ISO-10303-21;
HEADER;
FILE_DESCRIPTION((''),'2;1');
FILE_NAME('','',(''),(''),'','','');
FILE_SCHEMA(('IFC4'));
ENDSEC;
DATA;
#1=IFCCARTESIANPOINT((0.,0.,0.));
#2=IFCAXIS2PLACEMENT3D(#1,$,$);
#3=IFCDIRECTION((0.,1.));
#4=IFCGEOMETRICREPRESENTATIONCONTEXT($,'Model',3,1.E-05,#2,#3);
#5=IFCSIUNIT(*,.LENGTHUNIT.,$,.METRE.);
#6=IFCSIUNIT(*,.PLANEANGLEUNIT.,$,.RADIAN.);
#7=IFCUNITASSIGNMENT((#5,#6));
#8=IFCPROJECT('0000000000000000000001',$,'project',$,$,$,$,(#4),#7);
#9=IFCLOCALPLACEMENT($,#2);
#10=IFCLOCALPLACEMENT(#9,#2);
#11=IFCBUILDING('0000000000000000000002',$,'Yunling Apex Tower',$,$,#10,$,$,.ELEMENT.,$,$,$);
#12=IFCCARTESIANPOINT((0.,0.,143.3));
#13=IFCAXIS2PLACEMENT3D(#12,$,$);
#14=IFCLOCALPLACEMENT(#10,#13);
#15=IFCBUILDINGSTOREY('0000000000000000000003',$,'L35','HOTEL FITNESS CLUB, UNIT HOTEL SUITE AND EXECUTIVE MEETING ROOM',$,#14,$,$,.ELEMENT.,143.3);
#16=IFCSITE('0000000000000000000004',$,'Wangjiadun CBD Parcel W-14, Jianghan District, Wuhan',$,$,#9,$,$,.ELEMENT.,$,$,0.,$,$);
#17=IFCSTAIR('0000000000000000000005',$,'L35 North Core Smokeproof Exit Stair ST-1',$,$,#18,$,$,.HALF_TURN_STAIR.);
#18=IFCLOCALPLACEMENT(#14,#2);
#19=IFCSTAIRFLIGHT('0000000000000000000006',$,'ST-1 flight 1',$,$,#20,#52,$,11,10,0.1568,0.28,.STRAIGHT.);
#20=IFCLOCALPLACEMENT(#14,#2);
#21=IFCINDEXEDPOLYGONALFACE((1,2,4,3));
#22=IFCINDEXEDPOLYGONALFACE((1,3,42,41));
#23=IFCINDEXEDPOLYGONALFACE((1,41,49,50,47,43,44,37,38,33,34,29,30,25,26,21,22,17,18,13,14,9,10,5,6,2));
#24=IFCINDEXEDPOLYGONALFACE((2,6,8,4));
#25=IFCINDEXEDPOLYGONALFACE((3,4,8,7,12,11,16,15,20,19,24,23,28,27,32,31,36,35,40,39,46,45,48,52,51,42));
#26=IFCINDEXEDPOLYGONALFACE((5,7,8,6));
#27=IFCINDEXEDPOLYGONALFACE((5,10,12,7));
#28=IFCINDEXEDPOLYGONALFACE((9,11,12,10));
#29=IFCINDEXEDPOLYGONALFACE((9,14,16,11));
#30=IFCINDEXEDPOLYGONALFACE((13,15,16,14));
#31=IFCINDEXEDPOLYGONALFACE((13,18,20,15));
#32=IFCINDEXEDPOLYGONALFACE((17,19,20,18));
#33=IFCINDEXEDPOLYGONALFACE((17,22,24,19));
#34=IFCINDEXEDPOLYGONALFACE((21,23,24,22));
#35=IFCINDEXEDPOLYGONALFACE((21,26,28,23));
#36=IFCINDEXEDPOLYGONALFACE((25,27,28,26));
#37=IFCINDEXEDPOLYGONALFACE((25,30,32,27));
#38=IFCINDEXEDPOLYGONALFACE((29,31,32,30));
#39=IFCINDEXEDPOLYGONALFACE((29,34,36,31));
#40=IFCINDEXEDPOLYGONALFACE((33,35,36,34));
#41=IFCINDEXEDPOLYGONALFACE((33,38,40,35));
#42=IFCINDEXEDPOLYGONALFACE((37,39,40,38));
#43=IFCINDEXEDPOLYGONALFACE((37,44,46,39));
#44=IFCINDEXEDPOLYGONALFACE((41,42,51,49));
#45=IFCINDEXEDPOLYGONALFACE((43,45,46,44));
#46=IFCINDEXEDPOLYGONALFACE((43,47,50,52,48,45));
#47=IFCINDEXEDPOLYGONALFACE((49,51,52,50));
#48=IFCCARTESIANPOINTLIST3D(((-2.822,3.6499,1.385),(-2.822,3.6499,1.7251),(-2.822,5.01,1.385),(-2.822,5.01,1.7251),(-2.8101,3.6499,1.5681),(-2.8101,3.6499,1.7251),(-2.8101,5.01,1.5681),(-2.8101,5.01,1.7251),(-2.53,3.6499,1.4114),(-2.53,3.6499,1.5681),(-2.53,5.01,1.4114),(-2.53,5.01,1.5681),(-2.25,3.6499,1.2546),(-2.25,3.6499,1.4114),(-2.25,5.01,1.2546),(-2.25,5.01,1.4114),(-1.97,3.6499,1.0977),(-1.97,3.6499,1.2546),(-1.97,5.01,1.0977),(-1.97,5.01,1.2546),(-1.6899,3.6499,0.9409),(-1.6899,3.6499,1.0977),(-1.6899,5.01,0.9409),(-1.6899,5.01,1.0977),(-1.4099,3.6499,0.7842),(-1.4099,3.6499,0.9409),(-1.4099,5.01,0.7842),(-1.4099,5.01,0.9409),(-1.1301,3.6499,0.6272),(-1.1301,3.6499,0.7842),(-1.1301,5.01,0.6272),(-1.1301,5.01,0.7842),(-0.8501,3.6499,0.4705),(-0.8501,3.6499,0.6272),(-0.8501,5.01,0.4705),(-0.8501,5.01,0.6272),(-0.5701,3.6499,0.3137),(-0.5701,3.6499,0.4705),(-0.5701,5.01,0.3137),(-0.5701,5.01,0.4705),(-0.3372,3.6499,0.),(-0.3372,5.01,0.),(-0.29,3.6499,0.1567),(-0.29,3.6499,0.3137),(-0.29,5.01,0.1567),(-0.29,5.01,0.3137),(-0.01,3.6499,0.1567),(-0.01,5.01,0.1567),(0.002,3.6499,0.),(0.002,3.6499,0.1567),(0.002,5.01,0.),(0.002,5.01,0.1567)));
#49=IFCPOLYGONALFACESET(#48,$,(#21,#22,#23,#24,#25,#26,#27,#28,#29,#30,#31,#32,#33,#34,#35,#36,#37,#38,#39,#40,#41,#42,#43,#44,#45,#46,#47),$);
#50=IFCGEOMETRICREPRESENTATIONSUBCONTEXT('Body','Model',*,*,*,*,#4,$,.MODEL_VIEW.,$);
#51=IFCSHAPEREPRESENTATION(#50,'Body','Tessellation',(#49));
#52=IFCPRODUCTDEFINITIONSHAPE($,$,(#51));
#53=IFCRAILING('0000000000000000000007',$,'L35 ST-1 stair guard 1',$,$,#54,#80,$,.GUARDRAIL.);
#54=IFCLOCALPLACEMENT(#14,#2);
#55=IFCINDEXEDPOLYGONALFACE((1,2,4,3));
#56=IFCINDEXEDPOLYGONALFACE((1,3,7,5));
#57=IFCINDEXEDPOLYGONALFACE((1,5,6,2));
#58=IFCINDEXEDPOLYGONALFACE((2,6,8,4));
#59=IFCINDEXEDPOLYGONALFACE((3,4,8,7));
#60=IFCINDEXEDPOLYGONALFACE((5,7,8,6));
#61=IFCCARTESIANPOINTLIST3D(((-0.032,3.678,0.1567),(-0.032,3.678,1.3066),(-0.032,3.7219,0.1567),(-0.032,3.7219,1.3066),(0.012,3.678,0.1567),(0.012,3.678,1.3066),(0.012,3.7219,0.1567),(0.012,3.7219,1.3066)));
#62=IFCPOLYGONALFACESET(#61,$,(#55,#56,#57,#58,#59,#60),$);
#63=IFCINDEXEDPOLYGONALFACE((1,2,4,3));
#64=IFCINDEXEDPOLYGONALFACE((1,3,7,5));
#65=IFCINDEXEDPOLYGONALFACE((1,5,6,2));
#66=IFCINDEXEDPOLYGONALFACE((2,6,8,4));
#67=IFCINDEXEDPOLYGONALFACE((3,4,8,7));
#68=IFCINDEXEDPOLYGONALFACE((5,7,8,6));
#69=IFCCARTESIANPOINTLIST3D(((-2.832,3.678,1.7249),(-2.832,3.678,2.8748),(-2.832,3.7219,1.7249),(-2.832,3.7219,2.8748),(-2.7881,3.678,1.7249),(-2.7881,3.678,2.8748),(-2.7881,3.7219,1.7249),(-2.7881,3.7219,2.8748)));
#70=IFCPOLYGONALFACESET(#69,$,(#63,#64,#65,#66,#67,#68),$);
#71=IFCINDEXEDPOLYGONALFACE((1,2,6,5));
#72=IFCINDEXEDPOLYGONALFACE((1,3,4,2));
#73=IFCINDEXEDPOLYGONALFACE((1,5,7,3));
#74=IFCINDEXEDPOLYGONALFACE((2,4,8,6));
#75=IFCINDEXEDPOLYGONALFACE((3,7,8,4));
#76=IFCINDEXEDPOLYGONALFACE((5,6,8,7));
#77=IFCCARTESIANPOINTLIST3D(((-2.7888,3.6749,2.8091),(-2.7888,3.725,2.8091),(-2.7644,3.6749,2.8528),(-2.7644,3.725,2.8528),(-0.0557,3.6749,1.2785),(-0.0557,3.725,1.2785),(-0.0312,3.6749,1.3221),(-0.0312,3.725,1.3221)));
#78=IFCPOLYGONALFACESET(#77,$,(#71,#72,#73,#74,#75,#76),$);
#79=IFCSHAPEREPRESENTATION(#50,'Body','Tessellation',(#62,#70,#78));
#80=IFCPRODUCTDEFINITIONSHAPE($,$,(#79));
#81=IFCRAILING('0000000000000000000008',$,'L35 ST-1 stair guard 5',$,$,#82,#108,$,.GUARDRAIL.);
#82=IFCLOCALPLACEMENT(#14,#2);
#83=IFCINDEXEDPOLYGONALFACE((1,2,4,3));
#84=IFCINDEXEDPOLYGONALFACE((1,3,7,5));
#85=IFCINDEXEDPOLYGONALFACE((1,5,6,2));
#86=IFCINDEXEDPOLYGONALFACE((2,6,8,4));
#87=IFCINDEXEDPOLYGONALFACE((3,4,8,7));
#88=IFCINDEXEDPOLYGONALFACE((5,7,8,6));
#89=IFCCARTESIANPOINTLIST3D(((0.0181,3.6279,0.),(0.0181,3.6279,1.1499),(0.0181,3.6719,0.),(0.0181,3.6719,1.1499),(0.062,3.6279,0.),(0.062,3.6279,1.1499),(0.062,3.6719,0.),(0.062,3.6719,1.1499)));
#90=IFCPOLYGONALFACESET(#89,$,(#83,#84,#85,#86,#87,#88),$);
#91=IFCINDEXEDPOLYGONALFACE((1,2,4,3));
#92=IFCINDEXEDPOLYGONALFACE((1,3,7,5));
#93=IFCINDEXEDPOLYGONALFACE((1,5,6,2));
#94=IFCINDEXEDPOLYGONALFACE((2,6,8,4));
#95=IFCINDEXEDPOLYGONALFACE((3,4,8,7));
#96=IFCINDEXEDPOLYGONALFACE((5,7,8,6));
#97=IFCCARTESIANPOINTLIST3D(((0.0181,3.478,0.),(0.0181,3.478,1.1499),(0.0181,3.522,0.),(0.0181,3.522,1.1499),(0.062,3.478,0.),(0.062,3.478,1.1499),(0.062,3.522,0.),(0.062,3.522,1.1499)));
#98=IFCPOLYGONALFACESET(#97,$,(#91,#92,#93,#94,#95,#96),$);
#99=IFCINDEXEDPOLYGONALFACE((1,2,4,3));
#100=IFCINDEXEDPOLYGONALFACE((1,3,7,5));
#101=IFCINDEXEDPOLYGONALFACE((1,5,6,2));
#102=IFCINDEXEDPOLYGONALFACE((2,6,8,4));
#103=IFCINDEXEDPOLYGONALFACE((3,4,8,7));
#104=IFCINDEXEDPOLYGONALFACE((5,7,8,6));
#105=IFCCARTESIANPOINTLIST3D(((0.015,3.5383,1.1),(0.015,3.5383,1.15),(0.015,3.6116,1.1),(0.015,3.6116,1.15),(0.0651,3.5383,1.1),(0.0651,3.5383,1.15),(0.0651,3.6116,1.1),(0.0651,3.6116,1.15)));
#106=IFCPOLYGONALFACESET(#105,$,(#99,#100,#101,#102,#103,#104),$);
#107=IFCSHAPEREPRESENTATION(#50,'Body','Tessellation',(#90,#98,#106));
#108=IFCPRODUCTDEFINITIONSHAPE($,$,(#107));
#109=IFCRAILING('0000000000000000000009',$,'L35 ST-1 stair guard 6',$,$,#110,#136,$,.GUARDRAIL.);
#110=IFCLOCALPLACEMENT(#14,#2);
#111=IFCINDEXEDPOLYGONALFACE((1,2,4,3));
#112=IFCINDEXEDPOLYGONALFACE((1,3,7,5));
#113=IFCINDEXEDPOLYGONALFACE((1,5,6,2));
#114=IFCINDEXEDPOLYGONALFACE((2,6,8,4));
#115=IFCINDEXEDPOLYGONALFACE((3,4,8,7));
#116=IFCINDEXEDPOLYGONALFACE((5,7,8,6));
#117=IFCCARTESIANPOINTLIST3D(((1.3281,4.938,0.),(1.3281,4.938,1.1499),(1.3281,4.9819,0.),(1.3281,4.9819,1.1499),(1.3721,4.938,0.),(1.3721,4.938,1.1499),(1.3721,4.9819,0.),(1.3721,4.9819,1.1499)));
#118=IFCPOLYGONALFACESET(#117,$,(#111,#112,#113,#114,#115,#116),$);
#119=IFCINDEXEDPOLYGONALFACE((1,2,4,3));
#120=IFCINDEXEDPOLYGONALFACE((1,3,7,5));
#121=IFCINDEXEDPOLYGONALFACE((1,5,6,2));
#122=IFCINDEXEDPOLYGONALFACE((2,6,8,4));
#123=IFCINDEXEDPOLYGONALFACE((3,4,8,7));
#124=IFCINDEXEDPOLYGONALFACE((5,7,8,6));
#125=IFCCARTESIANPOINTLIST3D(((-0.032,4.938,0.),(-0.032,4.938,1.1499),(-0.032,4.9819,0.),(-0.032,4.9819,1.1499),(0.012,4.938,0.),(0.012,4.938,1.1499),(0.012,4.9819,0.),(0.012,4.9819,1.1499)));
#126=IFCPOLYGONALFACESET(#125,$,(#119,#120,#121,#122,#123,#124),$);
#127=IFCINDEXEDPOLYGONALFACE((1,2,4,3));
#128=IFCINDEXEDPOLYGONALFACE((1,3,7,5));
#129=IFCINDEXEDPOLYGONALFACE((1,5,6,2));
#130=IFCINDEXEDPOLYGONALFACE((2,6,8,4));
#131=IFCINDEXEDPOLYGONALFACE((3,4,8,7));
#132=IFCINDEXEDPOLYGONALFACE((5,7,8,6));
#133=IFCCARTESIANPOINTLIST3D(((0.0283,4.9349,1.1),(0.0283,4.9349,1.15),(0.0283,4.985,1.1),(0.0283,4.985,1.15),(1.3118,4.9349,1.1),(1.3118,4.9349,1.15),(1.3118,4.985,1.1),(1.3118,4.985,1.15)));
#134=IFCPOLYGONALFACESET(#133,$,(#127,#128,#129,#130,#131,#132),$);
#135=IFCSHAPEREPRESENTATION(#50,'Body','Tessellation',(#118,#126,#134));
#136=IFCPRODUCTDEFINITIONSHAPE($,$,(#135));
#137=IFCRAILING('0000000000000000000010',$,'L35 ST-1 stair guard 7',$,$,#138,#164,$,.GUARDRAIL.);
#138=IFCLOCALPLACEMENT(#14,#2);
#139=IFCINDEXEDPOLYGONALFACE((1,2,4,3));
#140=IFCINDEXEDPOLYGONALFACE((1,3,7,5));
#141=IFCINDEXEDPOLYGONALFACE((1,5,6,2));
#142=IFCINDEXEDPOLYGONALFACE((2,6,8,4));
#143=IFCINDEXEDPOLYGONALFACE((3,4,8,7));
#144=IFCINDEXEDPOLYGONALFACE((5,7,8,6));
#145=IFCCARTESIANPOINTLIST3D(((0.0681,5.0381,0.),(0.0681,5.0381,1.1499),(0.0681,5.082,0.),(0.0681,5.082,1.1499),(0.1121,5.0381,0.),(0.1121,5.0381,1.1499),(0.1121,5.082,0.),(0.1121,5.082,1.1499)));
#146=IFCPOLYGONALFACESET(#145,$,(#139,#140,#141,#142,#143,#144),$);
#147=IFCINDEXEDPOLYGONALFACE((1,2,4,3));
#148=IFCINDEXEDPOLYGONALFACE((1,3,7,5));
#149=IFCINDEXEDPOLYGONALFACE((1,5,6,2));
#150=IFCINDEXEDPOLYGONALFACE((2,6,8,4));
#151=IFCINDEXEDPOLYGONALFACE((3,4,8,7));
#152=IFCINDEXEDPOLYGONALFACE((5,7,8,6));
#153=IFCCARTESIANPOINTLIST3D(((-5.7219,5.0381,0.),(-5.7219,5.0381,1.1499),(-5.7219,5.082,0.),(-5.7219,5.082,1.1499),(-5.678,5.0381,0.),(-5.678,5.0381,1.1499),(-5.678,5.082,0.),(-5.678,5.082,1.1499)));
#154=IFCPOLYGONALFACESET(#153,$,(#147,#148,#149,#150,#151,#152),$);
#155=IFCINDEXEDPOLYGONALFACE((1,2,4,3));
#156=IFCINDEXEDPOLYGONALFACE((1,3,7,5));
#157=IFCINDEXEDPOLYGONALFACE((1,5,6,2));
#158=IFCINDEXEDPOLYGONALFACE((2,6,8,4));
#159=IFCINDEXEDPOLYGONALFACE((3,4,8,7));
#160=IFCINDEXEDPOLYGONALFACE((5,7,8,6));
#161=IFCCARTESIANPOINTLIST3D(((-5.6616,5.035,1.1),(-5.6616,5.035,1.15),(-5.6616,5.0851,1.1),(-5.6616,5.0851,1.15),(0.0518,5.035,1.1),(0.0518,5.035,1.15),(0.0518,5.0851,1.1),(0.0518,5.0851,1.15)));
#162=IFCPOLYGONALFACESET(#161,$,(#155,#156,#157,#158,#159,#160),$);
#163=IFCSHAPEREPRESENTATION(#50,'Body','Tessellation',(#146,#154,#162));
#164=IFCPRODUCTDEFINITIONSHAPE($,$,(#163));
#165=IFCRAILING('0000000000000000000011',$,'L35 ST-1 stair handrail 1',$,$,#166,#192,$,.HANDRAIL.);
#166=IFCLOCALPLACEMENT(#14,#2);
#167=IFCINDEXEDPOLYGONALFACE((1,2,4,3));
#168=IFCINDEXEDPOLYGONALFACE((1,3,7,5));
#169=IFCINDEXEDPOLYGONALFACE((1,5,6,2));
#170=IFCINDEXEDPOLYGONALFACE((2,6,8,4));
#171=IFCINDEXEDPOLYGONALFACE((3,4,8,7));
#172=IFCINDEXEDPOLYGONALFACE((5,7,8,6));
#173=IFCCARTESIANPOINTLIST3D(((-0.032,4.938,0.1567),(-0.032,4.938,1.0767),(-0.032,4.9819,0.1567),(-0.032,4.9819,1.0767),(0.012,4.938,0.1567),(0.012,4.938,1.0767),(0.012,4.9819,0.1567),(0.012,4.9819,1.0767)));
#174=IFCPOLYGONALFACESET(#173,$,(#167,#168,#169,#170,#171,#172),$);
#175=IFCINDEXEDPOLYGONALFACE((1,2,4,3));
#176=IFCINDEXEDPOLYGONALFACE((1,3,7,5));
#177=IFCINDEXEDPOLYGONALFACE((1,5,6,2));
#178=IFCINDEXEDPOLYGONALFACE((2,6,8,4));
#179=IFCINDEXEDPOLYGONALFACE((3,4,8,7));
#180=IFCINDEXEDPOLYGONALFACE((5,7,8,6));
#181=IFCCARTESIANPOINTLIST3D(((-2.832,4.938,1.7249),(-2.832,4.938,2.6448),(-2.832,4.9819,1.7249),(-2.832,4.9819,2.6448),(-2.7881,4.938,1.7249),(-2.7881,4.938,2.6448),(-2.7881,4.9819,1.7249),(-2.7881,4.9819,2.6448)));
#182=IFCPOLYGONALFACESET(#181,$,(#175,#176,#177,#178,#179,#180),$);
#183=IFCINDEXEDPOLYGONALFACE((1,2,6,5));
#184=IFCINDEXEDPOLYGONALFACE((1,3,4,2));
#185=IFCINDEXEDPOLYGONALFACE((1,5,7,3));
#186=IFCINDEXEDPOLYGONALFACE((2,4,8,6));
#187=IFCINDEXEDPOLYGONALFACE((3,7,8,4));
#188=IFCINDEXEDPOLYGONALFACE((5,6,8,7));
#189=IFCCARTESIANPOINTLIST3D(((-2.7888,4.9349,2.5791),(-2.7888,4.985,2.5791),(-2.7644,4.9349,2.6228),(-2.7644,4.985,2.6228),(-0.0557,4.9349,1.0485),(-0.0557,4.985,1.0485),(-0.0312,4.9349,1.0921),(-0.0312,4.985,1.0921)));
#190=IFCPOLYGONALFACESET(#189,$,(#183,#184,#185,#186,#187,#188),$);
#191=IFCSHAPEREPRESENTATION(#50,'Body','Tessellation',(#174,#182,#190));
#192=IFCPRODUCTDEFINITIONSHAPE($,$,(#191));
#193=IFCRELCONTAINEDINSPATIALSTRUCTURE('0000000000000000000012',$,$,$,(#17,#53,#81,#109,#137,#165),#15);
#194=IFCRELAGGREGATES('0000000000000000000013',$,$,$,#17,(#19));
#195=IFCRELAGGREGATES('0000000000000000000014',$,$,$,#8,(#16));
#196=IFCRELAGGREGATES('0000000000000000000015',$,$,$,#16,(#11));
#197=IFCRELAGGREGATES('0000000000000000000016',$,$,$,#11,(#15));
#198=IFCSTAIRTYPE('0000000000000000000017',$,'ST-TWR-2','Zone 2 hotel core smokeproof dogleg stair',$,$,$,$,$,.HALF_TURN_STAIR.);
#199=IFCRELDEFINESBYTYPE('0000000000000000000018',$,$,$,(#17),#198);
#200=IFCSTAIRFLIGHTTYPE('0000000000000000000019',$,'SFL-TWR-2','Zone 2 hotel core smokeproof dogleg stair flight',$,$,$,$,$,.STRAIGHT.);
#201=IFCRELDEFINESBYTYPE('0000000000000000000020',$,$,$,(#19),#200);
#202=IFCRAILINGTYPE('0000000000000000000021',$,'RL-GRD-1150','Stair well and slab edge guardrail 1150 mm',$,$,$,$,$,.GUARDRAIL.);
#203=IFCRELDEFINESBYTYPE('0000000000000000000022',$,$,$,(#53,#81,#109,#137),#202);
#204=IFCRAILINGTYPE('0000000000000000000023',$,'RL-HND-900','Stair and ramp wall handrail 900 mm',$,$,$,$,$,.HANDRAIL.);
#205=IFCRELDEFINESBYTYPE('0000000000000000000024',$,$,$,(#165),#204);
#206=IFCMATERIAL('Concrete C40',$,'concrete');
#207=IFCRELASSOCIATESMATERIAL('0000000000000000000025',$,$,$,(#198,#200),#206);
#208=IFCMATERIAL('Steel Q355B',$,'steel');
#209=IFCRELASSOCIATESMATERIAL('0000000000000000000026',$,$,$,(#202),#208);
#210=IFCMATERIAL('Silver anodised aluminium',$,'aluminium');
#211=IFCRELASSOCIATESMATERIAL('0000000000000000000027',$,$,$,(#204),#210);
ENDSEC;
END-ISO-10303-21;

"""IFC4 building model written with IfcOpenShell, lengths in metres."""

from ifc_helpers import new_model, si_unit, direction, frame, origin, origin_2d, place, context, subcontext, project, spatial, polyline, rectangle, outline, extrude, material, type_object, element, aggregate, save


model = new_model("IFC4")

# Units and contexts
model_context = context("Model", 3, precision=1e-05, world=origin(), true_north=direction((0.0, 1.0)))
body_context = subcontext(model_context, "Body", "Model", "MODEL_VIEW")
ifc_project = project(units=[si_unit("LENGTHUNIT", "METRE"), si_unit("PLANEANGLEUNIT", "RADIAN")], contexts=[model_context])

# Site, building, storey
site_placement = place(None, origin())
site = spatial("IfcSite", under=ifc_project, at=site_placement, Name="Wangjiadun CBD Parcel W-14, Jianghan District, Wuhan", CompositionType="ELEMENT", RefElevation=0.0)
building_placement = place(site_placement, origin())
building = spatial("IfcBuilding", under=site, at=building_placement, Name="Yunling Apex Tower", CompositionType="ELEMENT")
storey_placement = place(building_placement, frame((0.0, 0.0, 143.3)))
storey = spatial("IfcBuildingStorey", under=building, at=storey_placement, Name="L35", Description="HOTEL FITNESS CLUB, UNIT HOTEL SUITE AND EXECUTIVE MEETING ROOM", CompositionType="ELEMENT", Elevation=143.3)

# Shared definitions
ifc_material_1 = material(Name="Steel Q355B", Category="steel")

# Shared definitions
ifc_material_2 = material(Name="Concrete C40", Category="concrete")

# Stair
stair_type = type_object("IfcStairType", Name="ST-TWR-2", Description="Zone 2 hotel core smokeproof dogleg stair", PredefinedType="HALF_TURN_STAIR", material=ifc_material_2)
stair_1_placement = place(storey_placement, origin())
stair_1 = element("IfcStair", 1, at=stair_1_placement, inside=storey, type_object=stair_type, Name="L35 North Core Smokeproof Exit Stair ST-1", PredefinedType="HALF_TURN_STAIR")

# Stair flight
stair_flight_type = type_object("IfcStairFlightType", Name="SFL-TWR-2", Description="Zone 2 hotel core smokeproof dogleg stair flight", PredefinedType="STRAIGHT", material=ifc_material_2)
stair_flight_placement = place(storey_placement, frame((-0.01, 4.3301, 0.0), z_axis=(0.0, 0.0, 1.0), x_axis=(-1.0, 0.0, 0.0)))
stair_flight = element("IfcStairFlight", 2, at=stair_flight_placement, type_object=stair_flight_type, Name="ST-1 flight 1", NumberOfRisers=11, NumberOfTreads=10, PredefinedType="STRAIGHT", RiserHeight=0.1568, TreadLength=0.28, context=body_context, shape_type="SweptSolid", body=[
    extrude(outline(polyline([(-0.012, 0.0), (-0.012, 0.1567), (0.0, 0.1567), (0.28, 0.1567), (0.28, 0.3137), (0.5601, 0.3137), (0.5601, 0.4705), (0.8401, 0.4705), (0.8401, 0.6272), (1.1201, 0.6272), (1.1201, 0.7842), (1.3999, 0.7842), (1.3999, 0.9409), (1.6799, 0.9409), (1.6799, 1.0977), (1.96, 1.0977), (1.96, 1.2546), (2.24, 1.2546), (2.24, 1.4114), (2.52, 1.4114), (2.52, 1.5681), (2.8, 1.5681), (2.8, 1.7251), (2.812, 1.7251), (2.812, 1.385), (0.3271, 0.0), (-0.012, 0.0)])), frame((0.0, 0.6802, 0.0), z_axis=(0.0, -1.0, 0.0), x_axis=(1.0, 0.0, 0.0)), (0.0, 0.0, 1.0), 1.3601),
])
aggregate(stair_1, [stair_flight])

# Railings
railing_type_1 = type_object("IfcRailingType", Name="RL-GRD-1150", Description="Stair well and slab edge guardrail 1150 mm", PredefinedType="GUARDRAIL", material=ifc_material_1)
railing_1_placement = place(storey_placement, frame((-0.01, 3.7, 0.1567)))
element("IfcRailing", 3, at=railing_1_placement, inside=storey, type_object=railing_type_1, Name="L35 ST-1 stair guard 1", PredefinedType="GUARDRAIL", context=body_context, shape_type="SweptSolid", body=[
    extrude(rectangle(XDim=0.0439, YDim=0.0439, at=origin_2d()), origin(), (0.0, 0.0, 1.0), 1.1499),
    extrude(rectangle(XDim=0.0439, YDim=0.0439, at=origin_2d()), frame((-2.8, 0.0, 1.5681)), (0.0, 0.0, 1.0), 1.1499),
    extrude(rectangle(XDim=0.05, YDim=0.05, at=origin_2d()), frame((-0.0334, 0.0, 1.1436), z_axis=(-0.872494, 0.0, 0.488624), x_axis=(0.0, -1.0, 0.0)), (0.0, 0.0, 1.0), 3.1326),
])
railing_2_placement = place(storey_placement, frame((0.04, 3.6499, 0.0)))
element("IfcRailing", 4, at=railing_2_placement, inside=storey, type_object=railing_type_1, Name="L35 ST-1 stair guard 5", PredefinedType="GUARDRAIL", context=body_context, shape_type="SweptSolid", body=[
    extrude(rectangle(XDim=0.0439, YDim=0.0439, at=origin_2d()), origin(), (0.0, 0.0, 1.0), 1.1499),
    extrude(rectangle(XDim=0.0439, YDim=0.0439, at=origin_2d()), frame((0.0, -0.1499, 0.0)), (0.0, 0.0, 1.0), 1.1499),
    extrude(rectangle(XDim=0.05, YDim=0.05, at=origin_2d()), frame((0.0, -0.0383, 1.125), z_axis=(0.0, -1.0, 0.0), x_axis=(1.0, 0.0, 0.0)), (0.0, 0.0, 1.0), 0.0732),
])
railing_3_placement = place(storey_placement, frame((1.3501, 4.96, 0.0)))
element("IfcRailing", 5, at=railing_3_placement, inside=storey, type_object=railing_type_1, Name="L35 ST-1 stair guard 6", PredefinedType="GUARDRAIL", context=body_context, shape_type="SweptSolid", body=[
    extrude(rectangle(XDim=0.0439, YDim=0.0439, at=origin_2d()), origin(), (0.0, 0.0, 1.0), 1.1499),
    extrude(rectangle(XDim=0.0439, YDim=0.0439, at=origin_2d()), frame((-1.3601, 0.0, 0.0)), (0.0, 0.0, 1.0), 1.1499),
    extrude(rectangle(XDim=0.05, YDim=0.05, at=origin_2d()), frame((-0.0383, 0.0, 1.125), z_axis=(-1.0, 0.0, 0.0), x_axis=(0.0, -1.0, 0.0)), (0.0, 0.0, 1.0), 1.2834),
])
railing_4_placement = place(storey_placement, frame((0.0901, 5.0601, 0.0)))
element("IfcRailing", 6, at=railing_4_placement, inside=storey, type_object=railing_type_1, Name="L35 ST-1 stair guard 7", PredefinedType="GUARDRAIL", context=body_context, shape_type="SweptSolid", body=[
    extrude(rectangle(XDim=0.0439, YDim=0.0439, at=origin_2d()), origin(), (0.0, 0.0, 1.0), 1.1499),
    extrude(rectangle(XDim=0.0439, YDim=0.0439, at=origin_2d()), frame((-5.79, 0.0, 0.0)), (0.0, 0.0, 1.0), 1.1499),
    extrude(rectangle(XDim=0.05, YDim=0.05, at=origin_2d()), frame((-0.0383, 0.0, 1.125), z_axis=(-1.0, 0.0, 0.0), x_axis=(0.0, -1.0, 0.0)), (0.0, 0.0, 1.0), 5.7134),
])
ifc_material_3 = material(Name="Silver anodised aluminium", Category="aluminium")
railing_type_2 = type_object("IfcRailingType", Name="RL-HND-900", Description="Stair and ramp wall handrail 900 mm", PredefinedType="HANDRAIL", material=ifc_material_3)
railing_5_placement = place(storey_placement, frame((-0.01, 4.96, 0.1567)))
element("IfcRailing", 7, at=railing_5_placement, inside=storey, type_object=railing_type_2, Name="L35 ST-1 stair handrail 1", PredefinedType="HANDRAIL", context=body_context, shape_type="SweptSolid", body=[
    extrude(rectangle(XDim=0.0439, YDim=0.0439, at=origin_2d()), origin(), (0.0, 0.0, 1.0), 0.9199),
    extrude(rectangle(XDim=0.0439, YDim=0.0439, at=origin_2d()), frame((-2.8, 0.0, 1.5681)), (0.0, 0.0, 1.0), 0.9199),
    extrude(rectangle(XDim=0.05, YDim=0.05, at=origin_2d()), frame((-0.0334, 0.0, 0.9136), z_axis=(-0.872494, 0.0, 0.488624), x_axis=(0.0, -1.0, 0.0)), (0.0, 0.0, 1.0), 3.1326),
])

save(model, "model.ifc")
